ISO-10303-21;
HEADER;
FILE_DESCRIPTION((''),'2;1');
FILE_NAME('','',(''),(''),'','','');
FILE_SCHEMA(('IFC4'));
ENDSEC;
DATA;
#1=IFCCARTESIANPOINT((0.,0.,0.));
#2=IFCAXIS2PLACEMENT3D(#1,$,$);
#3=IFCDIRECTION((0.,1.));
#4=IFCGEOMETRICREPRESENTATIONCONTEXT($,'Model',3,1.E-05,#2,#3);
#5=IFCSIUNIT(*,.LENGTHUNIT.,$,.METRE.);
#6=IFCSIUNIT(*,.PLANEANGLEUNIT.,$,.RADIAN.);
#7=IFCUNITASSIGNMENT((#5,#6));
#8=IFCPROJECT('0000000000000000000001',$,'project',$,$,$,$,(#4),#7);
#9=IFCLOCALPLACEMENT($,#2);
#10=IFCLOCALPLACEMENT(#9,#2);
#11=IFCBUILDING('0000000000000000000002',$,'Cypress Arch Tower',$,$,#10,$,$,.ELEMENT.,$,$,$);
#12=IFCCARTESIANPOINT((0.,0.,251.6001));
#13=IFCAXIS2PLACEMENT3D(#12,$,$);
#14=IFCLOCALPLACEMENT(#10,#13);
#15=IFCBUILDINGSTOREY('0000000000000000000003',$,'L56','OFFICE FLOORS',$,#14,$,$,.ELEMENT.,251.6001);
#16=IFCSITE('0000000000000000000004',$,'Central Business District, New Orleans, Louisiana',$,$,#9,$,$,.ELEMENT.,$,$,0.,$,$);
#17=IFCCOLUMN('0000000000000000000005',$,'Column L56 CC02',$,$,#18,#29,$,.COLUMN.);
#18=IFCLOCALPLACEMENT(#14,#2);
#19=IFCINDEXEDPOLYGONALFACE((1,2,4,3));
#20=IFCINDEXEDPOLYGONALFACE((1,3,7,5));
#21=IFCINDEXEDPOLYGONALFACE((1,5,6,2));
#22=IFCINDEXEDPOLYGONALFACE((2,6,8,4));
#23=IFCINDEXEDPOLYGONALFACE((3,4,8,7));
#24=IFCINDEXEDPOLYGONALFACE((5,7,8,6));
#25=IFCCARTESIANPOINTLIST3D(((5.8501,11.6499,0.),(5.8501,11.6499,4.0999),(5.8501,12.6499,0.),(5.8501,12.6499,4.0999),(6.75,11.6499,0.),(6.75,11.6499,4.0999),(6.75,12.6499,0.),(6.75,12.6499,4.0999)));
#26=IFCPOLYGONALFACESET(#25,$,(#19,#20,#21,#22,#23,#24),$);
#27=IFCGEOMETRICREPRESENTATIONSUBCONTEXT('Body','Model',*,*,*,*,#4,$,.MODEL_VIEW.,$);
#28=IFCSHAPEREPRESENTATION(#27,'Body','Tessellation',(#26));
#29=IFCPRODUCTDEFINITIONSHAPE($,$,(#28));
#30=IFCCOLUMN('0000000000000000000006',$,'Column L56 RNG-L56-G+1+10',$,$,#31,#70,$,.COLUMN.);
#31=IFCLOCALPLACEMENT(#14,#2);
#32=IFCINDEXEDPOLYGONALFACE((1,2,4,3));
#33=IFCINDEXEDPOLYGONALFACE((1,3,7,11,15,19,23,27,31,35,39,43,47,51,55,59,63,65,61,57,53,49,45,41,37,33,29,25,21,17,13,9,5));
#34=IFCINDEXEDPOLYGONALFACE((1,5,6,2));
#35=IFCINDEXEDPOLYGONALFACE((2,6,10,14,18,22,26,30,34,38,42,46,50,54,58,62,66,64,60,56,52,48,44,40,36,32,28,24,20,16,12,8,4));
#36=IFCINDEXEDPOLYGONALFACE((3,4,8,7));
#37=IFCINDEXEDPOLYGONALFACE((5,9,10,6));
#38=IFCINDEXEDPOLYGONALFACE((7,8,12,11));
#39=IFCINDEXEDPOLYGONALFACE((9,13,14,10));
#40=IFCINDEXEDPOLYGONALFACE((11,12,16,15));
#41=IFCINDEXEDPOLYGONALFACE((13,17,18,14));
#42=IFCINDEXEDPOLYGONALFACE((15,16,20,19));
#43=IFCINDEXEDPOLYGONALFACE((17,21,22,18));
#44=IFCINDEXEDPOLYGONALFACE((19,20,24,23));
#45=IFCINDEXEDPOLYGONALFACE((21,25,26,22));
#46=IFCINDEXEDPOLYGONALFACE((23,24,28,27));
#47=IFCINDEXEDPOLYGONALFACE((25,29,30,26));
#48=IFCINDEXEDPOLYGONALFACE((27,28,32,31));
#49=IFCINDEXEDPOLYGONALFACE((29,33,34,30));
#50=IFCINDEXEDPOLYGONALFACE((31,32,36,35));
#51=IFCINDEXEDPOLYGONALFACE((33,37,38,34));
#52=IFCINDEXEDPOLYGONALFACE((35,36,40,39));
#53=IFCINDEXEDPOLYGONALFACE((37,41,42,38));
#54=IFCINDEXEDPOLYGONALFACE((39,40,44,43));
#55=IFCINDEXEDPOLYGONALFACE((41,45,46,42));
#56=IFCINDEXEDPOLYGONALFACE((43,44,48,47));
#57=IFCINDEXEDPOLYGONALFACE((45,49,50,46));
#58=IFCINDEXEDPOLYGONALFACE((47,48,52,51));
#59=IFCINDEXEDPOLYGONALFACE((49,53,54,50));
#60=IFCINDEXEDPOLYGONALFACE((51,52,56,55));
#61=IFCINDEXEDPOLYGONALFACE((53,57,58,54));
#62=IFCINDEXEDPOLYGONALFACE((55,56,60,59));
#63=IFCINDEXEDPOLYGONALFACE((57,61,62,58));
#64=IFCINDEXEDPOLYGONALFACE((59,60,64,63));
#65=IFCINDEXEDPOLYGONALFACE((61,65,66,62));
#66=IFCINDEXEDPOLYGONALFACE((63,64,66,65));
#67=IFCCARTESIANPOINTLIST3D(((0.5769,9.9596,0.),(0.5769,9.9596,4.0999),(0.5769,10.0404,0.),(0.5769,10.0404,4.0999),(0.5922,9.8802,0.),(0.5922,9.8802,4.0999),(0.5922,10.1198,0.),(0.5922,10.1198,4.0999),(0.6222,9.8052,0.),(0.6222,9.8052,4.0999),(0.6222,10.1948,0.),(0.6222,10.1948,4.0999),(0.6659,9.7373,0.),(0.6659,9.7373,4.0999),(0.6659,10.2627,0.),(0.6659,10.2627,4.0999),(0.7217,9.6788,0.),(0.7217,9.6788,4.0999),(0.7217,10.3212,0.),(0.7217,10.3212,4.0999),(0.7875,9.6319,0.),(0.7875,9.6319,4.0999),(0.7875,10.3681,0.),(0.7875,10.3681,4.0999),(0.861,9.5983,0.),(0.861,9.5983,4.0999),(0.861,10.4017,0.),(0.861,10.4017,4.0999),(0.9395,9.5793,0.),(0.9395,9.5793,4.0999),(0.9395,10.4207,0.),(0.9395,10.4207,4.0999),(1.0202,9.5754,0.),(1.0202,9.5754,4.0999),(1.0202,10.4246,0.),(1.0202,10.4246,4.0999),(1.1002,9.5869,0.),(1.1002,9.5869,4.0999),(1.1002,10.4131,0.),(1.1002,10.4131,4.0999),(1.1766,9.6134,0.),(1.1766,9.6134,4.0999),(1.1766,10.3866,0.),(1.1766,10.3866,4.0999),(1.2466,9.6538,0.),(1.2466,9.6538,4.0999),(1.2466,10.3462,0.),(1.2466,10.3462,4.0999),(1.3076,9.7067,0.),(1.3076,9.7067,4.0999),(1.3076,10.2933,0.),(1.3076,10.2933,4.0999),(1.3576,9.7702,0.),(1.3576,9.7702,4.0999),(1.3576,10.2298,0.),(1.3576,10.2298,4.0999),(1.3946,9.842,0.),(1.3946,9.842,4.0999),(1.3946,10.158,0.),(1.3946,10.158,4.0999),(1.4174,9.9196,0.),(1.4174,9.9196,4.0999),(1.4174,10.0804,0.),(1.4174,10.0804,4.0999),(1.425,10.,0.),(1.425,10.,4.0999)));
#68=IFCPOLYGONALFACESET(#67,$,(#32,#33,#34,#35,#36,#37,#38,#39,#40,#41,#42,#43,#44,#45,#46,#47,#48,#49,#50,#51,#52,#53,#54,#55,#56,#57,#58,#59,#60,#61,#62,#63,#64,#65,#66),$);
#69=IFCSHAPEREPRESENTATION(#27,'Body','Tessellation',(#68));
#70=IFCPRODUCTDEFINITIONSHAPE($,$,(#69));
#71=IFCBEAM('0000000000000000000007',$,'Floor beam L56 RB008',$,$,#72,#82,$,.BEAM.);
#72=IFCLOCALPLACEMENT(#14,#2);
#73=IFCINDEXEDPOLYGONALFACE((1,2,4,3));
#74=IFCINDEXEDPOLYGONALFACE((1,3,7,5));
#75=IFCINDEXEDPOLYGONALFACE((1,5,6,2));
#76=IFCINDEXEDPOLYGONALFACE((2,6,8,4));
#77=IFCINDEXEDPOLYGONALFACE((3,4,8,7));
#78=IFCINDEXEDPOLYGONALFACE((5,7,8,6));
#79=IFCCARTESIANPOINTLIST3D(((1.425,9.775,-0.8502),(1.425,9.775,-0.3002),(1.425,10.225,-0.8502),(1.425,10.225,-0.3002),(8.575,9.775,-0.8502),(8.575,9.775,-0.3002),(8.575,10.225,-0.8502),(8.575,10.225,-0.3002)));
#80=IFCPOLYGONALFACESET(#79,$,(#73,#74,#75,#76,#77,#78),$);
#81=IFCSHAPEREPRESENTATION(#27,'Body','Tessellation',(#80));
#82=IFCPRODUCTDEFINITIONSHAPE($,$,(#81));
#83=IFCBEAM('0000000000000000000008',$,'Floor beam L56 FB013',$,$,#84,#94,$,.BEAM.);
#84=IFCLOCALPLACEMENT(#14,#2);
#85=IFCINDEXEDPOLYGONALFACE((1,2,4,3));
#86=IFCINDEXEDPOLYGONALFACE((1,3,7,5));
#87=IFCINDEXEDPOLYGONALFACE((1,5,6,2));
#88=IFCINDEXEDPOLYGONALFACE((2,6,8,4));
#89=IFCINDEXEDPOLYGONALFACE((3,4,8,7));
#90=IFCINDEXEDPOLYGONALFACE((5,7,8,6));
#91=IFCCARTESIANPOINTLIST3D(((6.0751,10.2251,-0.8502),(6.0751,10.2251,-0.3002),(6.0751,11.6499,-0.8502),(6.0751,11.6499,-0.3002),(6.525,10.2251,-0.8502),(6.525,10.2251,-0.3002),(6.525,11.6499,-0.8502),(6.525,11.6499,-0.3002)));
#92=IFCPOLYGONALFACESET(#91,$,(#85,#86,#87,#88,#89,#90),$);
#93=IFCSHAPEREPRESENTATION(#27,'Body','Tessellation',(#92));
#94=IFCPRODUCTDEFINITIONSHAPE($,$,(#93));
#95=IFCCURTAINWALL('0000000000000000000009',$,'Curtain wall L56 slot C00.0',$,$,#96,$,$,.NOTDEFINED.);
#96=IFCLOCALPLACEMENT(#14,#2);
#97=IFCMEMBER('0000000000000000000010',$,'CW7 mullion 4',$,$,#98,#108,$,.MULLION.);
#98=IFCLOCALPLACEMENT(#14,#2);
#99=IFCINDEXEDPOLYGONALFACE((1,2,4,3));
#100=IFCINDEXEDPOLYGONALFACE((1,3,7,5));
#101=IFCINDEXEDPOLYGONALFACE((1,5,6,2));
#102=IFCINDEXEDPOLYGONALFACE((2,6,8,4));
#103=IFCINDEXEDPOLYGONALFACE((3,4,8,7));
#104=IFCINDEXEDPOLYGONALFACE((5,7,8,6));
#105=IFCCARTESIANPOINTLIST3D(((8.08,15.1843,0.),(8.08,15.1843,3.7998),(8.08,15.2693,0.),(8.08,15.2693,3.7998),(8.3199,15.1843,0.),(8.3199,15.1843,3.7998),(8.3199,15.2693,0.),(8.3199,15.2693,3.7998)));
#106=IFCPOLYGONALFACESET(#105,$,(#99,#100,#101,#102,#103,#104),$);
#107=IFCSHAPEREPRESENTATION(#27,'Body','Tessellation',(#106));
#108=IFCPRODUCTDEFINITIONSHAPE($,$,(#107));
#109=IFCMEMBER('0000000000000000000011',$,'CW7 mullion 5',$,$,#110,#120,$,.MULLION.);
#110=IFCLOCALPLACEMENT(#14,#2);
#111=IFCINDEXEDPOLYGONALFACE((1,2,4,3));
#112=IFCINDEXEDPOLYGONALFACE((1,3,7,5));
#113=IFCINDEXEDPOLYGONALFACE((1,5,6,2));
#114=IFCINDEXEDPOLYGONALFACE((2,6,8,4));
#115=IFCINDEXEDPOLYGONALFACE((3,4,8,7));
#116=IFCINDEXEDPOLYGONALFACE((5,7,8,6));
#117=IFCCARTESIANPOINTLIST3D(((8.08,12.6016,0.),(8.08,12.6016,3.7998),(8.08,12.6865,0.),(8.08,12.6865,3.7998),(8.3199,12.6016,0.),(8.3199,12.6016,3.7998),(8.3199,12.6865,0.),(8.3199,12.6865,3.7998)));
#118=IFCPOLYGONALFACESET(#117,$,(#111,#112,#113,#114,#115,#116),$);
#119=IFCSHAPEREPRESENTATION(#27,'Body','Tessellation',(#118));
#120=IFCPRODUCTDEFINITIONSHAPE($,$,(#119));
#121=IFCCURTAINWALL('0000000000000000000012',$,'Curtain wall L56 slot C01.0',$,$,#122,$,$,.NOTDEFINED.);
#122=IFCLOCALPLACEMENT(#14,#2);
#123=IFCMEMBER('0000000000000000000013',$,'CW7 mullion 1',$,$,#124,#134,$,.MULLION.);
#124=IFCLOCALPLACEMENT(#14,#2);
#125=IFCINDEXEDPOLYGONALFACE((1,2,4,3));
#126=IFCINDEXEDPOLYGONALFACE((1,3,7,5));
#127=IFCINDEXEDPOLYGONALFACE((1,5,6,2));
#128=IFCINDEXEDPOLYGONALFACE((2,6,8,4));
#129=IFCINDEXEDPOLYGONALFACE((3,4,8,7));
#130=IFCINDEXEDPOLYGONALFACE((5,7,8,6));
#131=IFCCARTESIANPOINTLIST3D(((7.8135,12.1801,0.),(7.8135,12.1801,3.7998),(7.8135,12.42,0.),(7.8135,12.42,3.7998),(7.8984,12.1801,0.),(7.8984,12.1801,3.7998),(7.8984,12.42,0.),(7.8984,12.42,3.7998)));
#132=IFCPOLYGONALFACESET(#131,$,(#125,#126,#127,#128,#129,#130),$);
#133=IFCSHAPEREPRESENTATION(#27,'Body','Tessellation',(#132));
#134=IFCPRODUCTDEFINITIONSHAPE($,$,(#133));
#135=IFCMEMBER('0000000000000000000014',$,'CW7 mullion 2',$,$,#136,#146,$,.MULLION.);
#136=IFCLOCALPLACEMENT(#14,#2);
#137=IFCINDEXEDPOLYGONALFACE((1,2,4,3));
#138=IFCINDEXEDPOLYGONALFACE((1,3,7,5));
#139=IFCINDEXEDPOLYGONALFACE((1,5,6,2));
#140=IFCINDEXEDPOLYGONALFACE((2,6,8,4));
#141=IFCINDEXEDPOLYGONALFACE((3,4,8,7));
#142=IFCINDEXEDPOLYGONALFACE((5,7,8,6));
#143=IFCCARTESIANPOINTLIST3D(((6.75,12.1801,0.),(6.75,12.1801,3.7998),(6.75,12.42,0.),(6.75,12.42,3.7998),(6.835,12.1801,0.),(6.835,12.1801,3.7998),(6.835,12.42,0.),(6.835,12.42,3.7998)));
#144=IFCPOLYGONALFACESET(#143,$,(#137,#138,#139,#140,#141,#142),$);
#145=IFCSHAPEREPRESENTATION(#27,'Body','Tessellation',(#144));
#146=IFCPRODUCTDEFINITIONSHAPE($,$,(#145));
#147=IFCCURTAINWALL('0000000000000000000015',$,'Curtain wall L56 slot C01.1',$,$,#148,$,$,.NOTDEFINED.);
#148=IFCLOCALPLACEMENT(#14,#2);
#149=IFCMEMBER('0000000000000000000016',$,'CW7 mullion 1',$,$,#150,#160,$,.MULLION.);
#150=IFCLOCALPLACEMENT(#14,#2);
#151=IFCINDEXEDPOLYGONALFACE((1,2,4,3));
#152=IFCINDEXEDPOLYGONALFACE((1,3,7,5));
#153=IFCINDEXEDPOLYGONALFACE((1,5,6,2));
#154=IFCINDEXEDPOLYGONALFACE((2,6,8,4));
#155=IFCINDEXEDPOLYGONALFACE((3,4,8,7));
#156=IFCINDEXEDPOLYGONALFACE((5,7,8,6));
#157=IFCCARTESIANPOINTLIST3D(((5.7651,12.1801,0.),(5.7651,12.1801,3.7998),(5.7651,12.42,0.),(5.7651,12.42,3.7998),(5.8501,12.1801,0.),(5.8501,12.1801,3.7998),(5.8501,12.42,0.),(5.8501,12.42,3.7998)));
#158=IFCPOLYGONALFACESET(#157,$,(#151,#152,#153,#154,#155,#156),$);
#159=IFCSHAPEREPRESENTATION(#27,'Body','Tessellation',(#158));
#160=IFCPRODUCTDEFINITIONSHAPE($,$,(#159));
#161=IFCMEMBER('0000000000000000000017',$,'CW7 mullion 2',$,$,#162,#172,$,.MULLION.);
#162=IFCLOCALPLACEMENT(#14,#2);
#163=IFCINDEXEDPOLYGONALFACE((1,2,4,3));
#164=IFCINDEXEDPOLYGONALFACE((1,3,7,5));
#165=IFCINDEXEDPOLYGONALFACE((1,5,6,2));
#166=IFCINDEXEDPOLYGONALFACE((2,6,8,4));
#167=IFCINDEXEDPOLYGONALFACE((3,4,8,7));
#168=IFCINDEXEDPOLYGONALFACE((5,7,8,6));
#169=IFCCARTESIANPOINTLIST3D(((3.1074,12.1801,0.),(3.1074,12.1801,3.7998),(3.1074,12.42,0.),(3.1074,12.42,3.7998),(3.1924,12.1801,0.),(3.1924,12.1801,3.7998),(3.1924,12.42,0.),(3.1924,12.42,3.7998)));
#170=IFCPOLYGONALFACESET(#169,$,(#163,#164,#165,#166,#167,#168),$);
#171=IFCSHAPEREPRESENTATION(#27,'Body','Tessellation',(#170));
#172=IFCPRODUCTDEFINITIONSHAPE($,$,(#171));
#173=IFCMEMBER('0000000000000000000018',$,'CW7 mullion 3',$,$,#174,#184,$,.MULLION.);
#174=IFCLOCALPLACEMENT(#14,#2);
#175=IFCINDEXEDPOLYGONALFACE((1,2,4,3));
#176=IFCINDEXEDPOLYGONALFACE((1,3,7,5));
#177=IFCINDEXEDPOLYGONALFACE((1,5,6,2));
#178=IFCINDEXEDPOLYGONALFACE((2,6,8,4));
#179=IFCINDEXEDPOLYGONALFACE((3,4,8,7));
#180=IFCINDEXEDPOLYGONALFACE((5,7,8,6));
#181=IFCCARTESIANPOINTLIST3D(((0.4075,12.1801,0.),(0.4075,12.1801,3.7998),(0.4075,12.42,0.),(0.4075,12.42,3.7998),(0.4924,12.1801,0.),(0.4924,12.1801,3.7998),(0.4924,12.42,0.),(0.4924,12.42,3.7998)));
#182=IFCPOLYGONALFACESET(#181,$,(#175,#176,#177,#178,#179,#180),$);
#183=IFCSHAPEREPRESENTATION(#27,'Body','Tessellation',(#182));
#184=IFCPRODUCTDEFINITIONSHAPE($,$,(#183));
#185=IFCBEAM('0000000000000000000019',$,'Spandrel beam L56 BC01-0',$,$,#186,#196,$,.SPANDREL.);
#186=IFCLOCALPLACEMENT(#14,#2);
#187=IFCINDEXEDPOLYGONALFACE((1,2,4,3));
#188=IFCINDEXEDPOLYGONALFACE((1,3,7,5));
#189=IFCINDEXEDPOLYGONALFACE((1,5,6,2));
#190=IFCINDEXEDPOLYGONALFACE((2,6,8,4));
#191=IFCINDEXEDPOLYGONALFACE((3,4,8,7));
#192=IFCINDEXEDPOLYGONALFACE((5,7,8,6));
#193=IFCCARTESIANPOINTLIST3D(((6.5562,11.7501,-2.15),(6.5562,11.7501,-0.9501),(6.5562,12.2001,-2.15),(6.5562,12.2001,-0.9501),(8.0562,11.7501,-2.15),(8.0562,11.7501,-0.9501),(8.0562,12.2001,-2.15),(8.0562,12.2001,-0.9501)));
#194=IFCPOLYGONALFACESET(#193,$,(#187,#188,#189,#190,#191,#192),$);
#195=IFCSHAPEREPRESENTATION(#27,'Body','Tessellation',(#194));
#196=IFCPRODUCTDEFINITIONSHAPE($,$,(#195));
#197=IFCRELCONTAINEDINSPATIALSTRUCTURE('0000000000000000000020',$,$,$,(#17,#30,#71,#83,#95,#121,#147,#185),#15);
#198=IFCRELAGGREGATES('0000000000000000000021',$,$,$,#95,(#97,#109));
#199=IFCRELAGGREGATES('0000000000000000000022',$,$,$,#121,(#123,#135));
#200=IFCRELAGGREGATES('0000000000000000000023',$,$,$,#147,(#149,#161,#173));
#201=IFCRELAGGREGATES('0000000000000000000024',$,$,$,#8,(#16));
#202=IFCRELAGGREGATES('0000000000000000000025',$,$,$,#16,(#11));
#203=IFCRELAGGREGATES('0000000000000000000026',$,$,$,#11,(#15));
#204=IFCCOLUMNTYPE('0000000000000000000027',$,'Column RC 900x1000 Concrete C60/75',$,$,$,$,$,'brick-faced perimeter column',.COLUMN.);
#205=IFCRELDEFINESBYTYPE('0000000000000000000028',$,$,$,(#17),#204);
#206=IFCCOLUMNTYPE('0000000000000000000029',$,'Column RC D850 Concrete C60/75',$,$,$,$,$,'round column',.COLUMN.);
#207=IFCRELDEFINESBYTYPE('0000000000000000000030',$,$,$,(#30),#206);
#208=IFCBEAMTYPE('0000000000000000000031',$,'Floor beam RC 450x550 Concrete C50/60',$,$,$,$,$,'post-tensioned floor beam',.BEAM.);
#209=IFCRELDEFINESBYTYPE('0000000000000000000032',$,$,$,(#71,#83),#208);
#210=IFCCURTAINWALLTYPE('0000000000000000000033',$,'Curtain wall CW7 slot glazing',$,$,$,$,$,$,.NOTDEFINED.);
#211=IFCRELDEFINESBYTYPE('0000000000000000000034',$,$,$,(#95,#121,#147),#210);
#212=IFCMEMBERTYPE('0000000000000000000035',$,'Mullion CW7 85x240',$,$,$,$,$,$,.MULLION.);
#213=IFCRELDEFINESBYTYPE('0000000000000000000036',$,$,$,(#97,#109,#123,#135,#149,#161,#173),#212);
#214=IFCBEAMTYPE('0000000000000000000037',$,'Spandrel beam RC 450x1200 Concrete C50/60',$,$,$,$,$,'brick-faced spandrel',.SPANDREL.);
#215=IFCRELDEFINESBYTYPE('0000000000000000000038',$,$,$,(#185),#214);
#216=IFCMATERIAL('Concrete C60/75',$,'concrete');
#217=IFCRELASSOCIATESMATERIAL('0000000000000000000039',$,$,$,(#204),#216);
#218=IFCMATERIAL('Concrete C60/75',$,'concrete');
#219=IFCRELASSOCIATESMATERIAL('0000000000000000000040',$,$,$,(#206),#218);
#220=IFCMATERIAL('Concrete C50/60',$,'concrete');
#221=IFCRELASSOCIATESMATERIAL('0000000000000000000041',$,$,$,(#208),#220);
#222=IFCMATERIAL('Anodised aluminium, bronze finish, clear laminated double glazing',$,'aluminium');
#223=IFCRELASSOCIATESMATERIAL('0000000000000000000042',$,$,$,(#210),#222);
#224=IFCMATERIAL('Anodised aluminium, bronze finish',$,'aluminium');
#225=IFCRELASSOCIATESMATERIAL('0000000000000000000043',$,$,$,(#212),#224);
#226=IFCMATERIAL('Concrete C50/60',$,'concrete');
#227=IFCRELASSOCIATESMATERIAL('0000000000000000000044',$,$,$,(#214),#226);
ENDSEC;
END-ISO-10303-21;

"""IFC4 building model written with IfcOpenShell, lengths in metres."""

from ifc_helpers import new_model, si_unit, direction, frame, origin, origin_2d, place, context, subcontext, project, spatial, rectangle, circle, extrude, material, material_profile, profile_set, type_object, element, aggregate, save


model = new_model("IFC4")

# Units and contexts
model_context = context("Model", 3, precision=1e-05, world=origin(), true_north=direction((0.0, 1.0)))
body_context = subcontext(model_context, "Body", "Model", "MODEL_VIEW")
ifc_project = project(units=[si_unit("LENGTHUNIT", "METRE"), si_unit("PLANEANGLEUNIT", "RADIAN")], contexts=[model_context])

# Site, building, storey
site_placement = place(None, origin())
site = spatial("IfcSite", under=ifc_project, at=site_placement, Name="Central Business District, New Orleans, Louisiana", CompositionType="ELEMENT", RefElevation=0.0)
building_placement = place(site_placement, origin())
building = spatial("IfcBuilding", under=site, at=building_placement, Name="Cypress Arch Tower", CompositionType="ELEMENT")
storey_placement = place(building_placement, frame((0.0, 0.0, 251.6001)))
storey = spatial("IfcBuildingStorey", under=building, at=storey_placement, Name="L56", Description="OFFICE FLOORS", CompositionType="ELEMENT", Elevation=251.6001)

# Columns
ifc_material_1 = material(Name="Concrete C60/75", Category="concrete")
ifc_material_profile_1 = material_profile(ifc_material_1, rectangle(XDim=0.8999, YDim=1.0, at=origin_2d()), Name="RC 900x1000")
ifc_profile_set_1 = profile_set([ifc_material_profile_1], Name="Concrete C60/75")
column_type_1 = type_object("IfcColumnType", Name="Column RC 900x1000 Concrete C60/75", ElementType="brick-faced perimeter column", PredefinedType="COLUMN", material=ifc_profile_set_1)
column_1_placement = place(storey_placement, frame((6.3, 12.1499, 0.0), z_axis=(0.0, 0.0, 1.0), x_axis=(-1.0, 0.0, 0.0)))
element("IfcColumn", 1, at=column_1_placement, inside=storey, type_object=column_type_1, Name="Column L56 CC02", PredefinedType="COLUMN", context=body_context, shape_type="SweptSolid", body=[
    extrude(rectangle(XDim=0.8999, YDim=1.0, at=origin_2d()), origin(), (0.0, 0.0, 1.0), 4.0999),
])
ifc_material_2 = material(Name="Concrete C60/75", Category="concrete")
ifc_material_profile_2 = material_profile(ifc_material_2, circle(Radius=0.425, at=origin_2d()), Name="RC D850")
ifc_profile_set_2 = profile_set([ifc_material_profile_2], Name="Concrete C60/75")
column_type_2 = type_object("IfcColumnType", Name="Column RC D850 Concrete C60/75", ElementType="round column", PredefinedType="COLUMN", material=ifc_profile_set_2)
column_2_placement = place(storey_placement, frame((1.0, 10.0, 0.0), z_axis=(0.0, 0.0, 1.0), x_axis=(1.0, 0.0, 0.0)))
element("IfcColumn", 2, at=column_2_placement, inside=storey, type_object=column_type_2, Name="Column L56 RNG-L56-G+1+10", PredefinedType="COLUMN", context=body_context, shape_type="SweptSolid", body=[
    extrude(circle(Radius=0.425, at=origin_2d()), origin(), (0.0, 0.0, 1.0), 4.0999),
])

# Beams
ifc_material_3 = material(Name="Concrete C50/60", Category="concrete")
ifc_material_profile_3 = material_profile(ifc_material_3, rectangle(XDim=0.45, YDim=0.55, at=origin_2d()), Name="RC 450x550")
ifc_profile_set_3 = profile_set([ifc_material_profile_3], Name="Concrete C50/60")
beam_type_1 = type_object("IfcBeamType", Name="Floor beam RC 450x550 Concrete C50/60", ElementType="post-tensioned floor beam", PredefinedType="BEAM", material=ifc_profile_set_3)
beam_1_placement = place(storey_placement, frame((1.425, 10.0, -0.5752), z_axis=(1.0, 0.0, 0.0), x_axis=(0.0, 1.0, 0.0)))
element("IfcBeam", 3, at=beam_1_placement, inside=storey, type_object=beam_type_1, Name="Floor beam L56 RB008", PredefinedType="BEAM", context=body_context, shape_type="SweptSolid", body=[
    extrude(rectangle(XDim=0.45, YDim=0.55, at=origin_2d()), origin(), (0.0, 0.0, 1.0), 7.1499),
])
beam_2_placement = place(storey_placement, frame((6.3, 10.2251, -0.5752), z_axis=(0.0, 1.0, 0.0), x_axis=(-1.0, 0.0, 0.0)))
element("IfcBeam", 4, at=beam_2_placement, inside=storey, type_object=beam_type_1, Name="Floor beam L56 FB013", PredefinedType="BEAM", context=body_context, shape_type="SweptSolid", body=[
    extrude(rectangle(XDim=0.45, YDim=0.55, at=origin_2d()), origin(), (0.0, 0.0, 1.0), 1.4248),
])

# Curtain walls, members
ifc_material_4 = material(Name="Anodised aluminium, bronze finish, clear laminated double glazing", Category="aluminium")
curtain_wall_type = type_object("IfcCurtainWallType", Name="Curtain wall CW7 slot glazing", PredefinedType="NOTDEFINED", material=ifc_material_4)
curtain_wall_1_placement = place(storey_placement, origin())
curtain_wall_1 = element("IfcCurtainWall", 5, at=curtain_wall_1_placement, inside=storey, type_object=curtain_wall_type, Name="Curtain wall L56 slot C00.0", PredefinedType="NOTDEFINED")
ifc_material_5 = material(Name="Anodised aluminium, bronze finish", Category="aluminium")
ifc_material_profile_4 = material_profile(ifc_material_5, rectangle(XDim=0.24, YDim=0.085, at=origin_2d()), Name="Mullion 85x240")
ifc_profile_set_4 = profile_set([ifc_material_profile_4], Name="Anodised aluminium, bronze finish")
member_type_1 = type_object("IfcMemberType", Name="Mullion CW7 85x240", PredefinedType="MULLION", material=ifc_profile_set_4)
member_1_placement = place(storey_placement, frame((8.2, 15.2268, 0.0), z_axis=(0.0, 0.0, 1.0), x_axis=(1.0, 0.0, 0.0)))
member_1 = element("IfcMember", 6, at=member_1_placement, type_object=member_type_1, Name="CW7 mullion 4", PredefinedType="MULLION", context=body_context, shape_type="SweptSolid", body=[
    extrude(rectangle(XDim=0.24, YDim=0.085, at=origin_2d()), origin(), (0.0, 0.0, 1.0), 3.7998),
])
member_2_placement = place(storey_placement, frame((8.2, 12.644, 0.0), z_axis=(0.0, 0.0, 1.0), x_axis=(1.0, 0.0, 0.0)))
member_2 = element("IfcMember", 7, at=member_2_placement, type_object=member_type_1, Name="CW7 mullion 5", PredefinedType="MULLION", context=body_context, shape_type="SweptSolid", body=[
    extrude(rectangle(XDim=0.24, YDim=0.085, at=origin_2d()), origin(), (0.0, 0.0, 1.0), 3.7998),
])
curtain_wall_2_placement = place(storey_placement, origin())
curtain_wall_2 = element("IfcCurtainWall", 8, at=curtain_wall_2_placement, inside=storey, type_object=curtain_wall_type, Name="Curtain wall L56 slot C01.0", PredefinedType="NOTDEFINED")
member_3_placement = place(storey_placement, frame((7.856, 12.3, 0.0), z_axis=(0.0, 0.0, 1.0), x_axis=(0.0, -1.0, 0.0)))
member_3 = element("IfcMember", 9, at=member_3_placement, type_object=member_type_1, Name="CW7 mullion 1", PredefinedType="MULLION", context=body_context, shape_type="SweptSolid", body=[
    extrude(rectangle(XDim=0.24, YDim=0.085, at=origin_2d()), origin(), (0.0, 0.0, 1.0), 3.7998),
])
member_4_placement = place(storey_placement, frame((6.7925, 12.3, 0.0), z_axis=(0.0, 0.0, 1.0), x_axis=(0.0, -1.0, 0.0)))
member_4 = element("IfcMember", 10, at=member_4_placement, type_object=member_type_1, Name="CW7 mullion 2", PredefinedType="MULLION", context=body_context, shape_type="SweptSolid", body=[
    extrude(rectangle(XDim=0.24, YDim=0.085, at=origin_2d()), origin(), (0.0, 0.0, 1.0), 3.7998),
])
curtain_wall_3_placement = place(storey_placement, origin())
curtain_wall_3 = element("IfcCurtainWall", 11, at=curtain_wall_3_placement, inside=storey, type_object=curtain_wall_type, Name="Curtain wall L56 slot C01.1", PredefinedType="NOTDEFINED")
member_5_placement = place(storey_placement, frame((5.8076, 12.3, 0.0), z_axis=(0.0, 0.0, 1.0), x_axis=(0.0, -1.0, 0.0)))
member_5 = element("IfcMember", 12, at=member_5_placement, type_object=member_type_1, Name="CW7 mullion 1", PredefinedType="MULLION", context=body_context, shape_type="SweptSolid", body=[
    extrude(rectangle(XDim=0.24, YDim=0.085, at=origin_2d()), origin(), (0.0, 0.0, 1.0), 3.7998),
])
member_6_placement = place(storey_placement, frame((3.1499, 12.3, 0.0), z_axis=(0.0, 0.0, 1.0), x_axis=(0.0, -1.0, 0.0)))
member_6 = element("IfcMember", 13, at=member_6_placement, type_object=member_type_1, Name="CW7 mullion 2", PredefinedType="MULLION", context=body_context, shape_type="SweptSolid", body=[
    extrude(rectangle(XDim=0.24, YDim=0.085, at=origin_2d()), origin(), (0.0, 0.0, 1.0), 3.7998),
])
member_7_placement = place(storey_placement, frame((0.45, 12.3, 0.0), z_axis=(0.0, 0.0, 1.0), x_axis=(0.0, -1.0, 0.0)))
member_7 = element("IfcMember", 14, at=member_7_placement, type_object=member_type_1, Name="CW7 mullion 3", PredefinedType="MULLION", context=body_context, shape_type="SweptSolid", body=[
    extrude(rectangle(XDim=0.24, YDim=0.085, at=origin_2d()), origin(), (0.0, 0.0, 1.0), 3.7998),
])

# Beam
ifc_material_6 = material(Name="Concrete C50/60", Category="concrete")
ifc_material_profile_5 = material_profile(ifc_material_6, rectangle(XDim=0.45, YDim=1.2, at=origin_2d()), Name="RC 450x1200")
ifc_profile_set_5 = profile_set([ifc_material_profile_5], Name="Concrete C50/60")
beam_type_2 = type_object("IfcBeamType", Name="Spandrel beam RC 450x1200 Concrete C50/60", ElementType="brick-faced spandrel", PredefinedType="SPANDREL", material=ifc_profile_set_5)
beam_3_placement = place(storey_placement, frame((8.0562, 11.9751, -1.55), z_axis=(-1.0, 0.0, 0.0), x_axis=(0.0, -1.0, 0.0)))
element("IfcBeam", 15, at=beam_3_placement, inside=storey, type_object=beam_type_2, Name="Spandrel beam L56 BC01-0", PredefinedType="SPANDREL", context=body_context, shape_type="SweptSolid", body=[
    extrude(rectangle(XDim=0.45, YDim=1.2, at=origin_2d()), origin(), (0.0, 0.0, 1.0), 1.5),
])

aggregate(curtain_wall_1, [member_1, member_2])
aggregate(curtain_wall_2, [member_3, member_4])
aggregate(curtain_wall_3, [member_5, member_6, member_7])

save(model, "model.ifc")
